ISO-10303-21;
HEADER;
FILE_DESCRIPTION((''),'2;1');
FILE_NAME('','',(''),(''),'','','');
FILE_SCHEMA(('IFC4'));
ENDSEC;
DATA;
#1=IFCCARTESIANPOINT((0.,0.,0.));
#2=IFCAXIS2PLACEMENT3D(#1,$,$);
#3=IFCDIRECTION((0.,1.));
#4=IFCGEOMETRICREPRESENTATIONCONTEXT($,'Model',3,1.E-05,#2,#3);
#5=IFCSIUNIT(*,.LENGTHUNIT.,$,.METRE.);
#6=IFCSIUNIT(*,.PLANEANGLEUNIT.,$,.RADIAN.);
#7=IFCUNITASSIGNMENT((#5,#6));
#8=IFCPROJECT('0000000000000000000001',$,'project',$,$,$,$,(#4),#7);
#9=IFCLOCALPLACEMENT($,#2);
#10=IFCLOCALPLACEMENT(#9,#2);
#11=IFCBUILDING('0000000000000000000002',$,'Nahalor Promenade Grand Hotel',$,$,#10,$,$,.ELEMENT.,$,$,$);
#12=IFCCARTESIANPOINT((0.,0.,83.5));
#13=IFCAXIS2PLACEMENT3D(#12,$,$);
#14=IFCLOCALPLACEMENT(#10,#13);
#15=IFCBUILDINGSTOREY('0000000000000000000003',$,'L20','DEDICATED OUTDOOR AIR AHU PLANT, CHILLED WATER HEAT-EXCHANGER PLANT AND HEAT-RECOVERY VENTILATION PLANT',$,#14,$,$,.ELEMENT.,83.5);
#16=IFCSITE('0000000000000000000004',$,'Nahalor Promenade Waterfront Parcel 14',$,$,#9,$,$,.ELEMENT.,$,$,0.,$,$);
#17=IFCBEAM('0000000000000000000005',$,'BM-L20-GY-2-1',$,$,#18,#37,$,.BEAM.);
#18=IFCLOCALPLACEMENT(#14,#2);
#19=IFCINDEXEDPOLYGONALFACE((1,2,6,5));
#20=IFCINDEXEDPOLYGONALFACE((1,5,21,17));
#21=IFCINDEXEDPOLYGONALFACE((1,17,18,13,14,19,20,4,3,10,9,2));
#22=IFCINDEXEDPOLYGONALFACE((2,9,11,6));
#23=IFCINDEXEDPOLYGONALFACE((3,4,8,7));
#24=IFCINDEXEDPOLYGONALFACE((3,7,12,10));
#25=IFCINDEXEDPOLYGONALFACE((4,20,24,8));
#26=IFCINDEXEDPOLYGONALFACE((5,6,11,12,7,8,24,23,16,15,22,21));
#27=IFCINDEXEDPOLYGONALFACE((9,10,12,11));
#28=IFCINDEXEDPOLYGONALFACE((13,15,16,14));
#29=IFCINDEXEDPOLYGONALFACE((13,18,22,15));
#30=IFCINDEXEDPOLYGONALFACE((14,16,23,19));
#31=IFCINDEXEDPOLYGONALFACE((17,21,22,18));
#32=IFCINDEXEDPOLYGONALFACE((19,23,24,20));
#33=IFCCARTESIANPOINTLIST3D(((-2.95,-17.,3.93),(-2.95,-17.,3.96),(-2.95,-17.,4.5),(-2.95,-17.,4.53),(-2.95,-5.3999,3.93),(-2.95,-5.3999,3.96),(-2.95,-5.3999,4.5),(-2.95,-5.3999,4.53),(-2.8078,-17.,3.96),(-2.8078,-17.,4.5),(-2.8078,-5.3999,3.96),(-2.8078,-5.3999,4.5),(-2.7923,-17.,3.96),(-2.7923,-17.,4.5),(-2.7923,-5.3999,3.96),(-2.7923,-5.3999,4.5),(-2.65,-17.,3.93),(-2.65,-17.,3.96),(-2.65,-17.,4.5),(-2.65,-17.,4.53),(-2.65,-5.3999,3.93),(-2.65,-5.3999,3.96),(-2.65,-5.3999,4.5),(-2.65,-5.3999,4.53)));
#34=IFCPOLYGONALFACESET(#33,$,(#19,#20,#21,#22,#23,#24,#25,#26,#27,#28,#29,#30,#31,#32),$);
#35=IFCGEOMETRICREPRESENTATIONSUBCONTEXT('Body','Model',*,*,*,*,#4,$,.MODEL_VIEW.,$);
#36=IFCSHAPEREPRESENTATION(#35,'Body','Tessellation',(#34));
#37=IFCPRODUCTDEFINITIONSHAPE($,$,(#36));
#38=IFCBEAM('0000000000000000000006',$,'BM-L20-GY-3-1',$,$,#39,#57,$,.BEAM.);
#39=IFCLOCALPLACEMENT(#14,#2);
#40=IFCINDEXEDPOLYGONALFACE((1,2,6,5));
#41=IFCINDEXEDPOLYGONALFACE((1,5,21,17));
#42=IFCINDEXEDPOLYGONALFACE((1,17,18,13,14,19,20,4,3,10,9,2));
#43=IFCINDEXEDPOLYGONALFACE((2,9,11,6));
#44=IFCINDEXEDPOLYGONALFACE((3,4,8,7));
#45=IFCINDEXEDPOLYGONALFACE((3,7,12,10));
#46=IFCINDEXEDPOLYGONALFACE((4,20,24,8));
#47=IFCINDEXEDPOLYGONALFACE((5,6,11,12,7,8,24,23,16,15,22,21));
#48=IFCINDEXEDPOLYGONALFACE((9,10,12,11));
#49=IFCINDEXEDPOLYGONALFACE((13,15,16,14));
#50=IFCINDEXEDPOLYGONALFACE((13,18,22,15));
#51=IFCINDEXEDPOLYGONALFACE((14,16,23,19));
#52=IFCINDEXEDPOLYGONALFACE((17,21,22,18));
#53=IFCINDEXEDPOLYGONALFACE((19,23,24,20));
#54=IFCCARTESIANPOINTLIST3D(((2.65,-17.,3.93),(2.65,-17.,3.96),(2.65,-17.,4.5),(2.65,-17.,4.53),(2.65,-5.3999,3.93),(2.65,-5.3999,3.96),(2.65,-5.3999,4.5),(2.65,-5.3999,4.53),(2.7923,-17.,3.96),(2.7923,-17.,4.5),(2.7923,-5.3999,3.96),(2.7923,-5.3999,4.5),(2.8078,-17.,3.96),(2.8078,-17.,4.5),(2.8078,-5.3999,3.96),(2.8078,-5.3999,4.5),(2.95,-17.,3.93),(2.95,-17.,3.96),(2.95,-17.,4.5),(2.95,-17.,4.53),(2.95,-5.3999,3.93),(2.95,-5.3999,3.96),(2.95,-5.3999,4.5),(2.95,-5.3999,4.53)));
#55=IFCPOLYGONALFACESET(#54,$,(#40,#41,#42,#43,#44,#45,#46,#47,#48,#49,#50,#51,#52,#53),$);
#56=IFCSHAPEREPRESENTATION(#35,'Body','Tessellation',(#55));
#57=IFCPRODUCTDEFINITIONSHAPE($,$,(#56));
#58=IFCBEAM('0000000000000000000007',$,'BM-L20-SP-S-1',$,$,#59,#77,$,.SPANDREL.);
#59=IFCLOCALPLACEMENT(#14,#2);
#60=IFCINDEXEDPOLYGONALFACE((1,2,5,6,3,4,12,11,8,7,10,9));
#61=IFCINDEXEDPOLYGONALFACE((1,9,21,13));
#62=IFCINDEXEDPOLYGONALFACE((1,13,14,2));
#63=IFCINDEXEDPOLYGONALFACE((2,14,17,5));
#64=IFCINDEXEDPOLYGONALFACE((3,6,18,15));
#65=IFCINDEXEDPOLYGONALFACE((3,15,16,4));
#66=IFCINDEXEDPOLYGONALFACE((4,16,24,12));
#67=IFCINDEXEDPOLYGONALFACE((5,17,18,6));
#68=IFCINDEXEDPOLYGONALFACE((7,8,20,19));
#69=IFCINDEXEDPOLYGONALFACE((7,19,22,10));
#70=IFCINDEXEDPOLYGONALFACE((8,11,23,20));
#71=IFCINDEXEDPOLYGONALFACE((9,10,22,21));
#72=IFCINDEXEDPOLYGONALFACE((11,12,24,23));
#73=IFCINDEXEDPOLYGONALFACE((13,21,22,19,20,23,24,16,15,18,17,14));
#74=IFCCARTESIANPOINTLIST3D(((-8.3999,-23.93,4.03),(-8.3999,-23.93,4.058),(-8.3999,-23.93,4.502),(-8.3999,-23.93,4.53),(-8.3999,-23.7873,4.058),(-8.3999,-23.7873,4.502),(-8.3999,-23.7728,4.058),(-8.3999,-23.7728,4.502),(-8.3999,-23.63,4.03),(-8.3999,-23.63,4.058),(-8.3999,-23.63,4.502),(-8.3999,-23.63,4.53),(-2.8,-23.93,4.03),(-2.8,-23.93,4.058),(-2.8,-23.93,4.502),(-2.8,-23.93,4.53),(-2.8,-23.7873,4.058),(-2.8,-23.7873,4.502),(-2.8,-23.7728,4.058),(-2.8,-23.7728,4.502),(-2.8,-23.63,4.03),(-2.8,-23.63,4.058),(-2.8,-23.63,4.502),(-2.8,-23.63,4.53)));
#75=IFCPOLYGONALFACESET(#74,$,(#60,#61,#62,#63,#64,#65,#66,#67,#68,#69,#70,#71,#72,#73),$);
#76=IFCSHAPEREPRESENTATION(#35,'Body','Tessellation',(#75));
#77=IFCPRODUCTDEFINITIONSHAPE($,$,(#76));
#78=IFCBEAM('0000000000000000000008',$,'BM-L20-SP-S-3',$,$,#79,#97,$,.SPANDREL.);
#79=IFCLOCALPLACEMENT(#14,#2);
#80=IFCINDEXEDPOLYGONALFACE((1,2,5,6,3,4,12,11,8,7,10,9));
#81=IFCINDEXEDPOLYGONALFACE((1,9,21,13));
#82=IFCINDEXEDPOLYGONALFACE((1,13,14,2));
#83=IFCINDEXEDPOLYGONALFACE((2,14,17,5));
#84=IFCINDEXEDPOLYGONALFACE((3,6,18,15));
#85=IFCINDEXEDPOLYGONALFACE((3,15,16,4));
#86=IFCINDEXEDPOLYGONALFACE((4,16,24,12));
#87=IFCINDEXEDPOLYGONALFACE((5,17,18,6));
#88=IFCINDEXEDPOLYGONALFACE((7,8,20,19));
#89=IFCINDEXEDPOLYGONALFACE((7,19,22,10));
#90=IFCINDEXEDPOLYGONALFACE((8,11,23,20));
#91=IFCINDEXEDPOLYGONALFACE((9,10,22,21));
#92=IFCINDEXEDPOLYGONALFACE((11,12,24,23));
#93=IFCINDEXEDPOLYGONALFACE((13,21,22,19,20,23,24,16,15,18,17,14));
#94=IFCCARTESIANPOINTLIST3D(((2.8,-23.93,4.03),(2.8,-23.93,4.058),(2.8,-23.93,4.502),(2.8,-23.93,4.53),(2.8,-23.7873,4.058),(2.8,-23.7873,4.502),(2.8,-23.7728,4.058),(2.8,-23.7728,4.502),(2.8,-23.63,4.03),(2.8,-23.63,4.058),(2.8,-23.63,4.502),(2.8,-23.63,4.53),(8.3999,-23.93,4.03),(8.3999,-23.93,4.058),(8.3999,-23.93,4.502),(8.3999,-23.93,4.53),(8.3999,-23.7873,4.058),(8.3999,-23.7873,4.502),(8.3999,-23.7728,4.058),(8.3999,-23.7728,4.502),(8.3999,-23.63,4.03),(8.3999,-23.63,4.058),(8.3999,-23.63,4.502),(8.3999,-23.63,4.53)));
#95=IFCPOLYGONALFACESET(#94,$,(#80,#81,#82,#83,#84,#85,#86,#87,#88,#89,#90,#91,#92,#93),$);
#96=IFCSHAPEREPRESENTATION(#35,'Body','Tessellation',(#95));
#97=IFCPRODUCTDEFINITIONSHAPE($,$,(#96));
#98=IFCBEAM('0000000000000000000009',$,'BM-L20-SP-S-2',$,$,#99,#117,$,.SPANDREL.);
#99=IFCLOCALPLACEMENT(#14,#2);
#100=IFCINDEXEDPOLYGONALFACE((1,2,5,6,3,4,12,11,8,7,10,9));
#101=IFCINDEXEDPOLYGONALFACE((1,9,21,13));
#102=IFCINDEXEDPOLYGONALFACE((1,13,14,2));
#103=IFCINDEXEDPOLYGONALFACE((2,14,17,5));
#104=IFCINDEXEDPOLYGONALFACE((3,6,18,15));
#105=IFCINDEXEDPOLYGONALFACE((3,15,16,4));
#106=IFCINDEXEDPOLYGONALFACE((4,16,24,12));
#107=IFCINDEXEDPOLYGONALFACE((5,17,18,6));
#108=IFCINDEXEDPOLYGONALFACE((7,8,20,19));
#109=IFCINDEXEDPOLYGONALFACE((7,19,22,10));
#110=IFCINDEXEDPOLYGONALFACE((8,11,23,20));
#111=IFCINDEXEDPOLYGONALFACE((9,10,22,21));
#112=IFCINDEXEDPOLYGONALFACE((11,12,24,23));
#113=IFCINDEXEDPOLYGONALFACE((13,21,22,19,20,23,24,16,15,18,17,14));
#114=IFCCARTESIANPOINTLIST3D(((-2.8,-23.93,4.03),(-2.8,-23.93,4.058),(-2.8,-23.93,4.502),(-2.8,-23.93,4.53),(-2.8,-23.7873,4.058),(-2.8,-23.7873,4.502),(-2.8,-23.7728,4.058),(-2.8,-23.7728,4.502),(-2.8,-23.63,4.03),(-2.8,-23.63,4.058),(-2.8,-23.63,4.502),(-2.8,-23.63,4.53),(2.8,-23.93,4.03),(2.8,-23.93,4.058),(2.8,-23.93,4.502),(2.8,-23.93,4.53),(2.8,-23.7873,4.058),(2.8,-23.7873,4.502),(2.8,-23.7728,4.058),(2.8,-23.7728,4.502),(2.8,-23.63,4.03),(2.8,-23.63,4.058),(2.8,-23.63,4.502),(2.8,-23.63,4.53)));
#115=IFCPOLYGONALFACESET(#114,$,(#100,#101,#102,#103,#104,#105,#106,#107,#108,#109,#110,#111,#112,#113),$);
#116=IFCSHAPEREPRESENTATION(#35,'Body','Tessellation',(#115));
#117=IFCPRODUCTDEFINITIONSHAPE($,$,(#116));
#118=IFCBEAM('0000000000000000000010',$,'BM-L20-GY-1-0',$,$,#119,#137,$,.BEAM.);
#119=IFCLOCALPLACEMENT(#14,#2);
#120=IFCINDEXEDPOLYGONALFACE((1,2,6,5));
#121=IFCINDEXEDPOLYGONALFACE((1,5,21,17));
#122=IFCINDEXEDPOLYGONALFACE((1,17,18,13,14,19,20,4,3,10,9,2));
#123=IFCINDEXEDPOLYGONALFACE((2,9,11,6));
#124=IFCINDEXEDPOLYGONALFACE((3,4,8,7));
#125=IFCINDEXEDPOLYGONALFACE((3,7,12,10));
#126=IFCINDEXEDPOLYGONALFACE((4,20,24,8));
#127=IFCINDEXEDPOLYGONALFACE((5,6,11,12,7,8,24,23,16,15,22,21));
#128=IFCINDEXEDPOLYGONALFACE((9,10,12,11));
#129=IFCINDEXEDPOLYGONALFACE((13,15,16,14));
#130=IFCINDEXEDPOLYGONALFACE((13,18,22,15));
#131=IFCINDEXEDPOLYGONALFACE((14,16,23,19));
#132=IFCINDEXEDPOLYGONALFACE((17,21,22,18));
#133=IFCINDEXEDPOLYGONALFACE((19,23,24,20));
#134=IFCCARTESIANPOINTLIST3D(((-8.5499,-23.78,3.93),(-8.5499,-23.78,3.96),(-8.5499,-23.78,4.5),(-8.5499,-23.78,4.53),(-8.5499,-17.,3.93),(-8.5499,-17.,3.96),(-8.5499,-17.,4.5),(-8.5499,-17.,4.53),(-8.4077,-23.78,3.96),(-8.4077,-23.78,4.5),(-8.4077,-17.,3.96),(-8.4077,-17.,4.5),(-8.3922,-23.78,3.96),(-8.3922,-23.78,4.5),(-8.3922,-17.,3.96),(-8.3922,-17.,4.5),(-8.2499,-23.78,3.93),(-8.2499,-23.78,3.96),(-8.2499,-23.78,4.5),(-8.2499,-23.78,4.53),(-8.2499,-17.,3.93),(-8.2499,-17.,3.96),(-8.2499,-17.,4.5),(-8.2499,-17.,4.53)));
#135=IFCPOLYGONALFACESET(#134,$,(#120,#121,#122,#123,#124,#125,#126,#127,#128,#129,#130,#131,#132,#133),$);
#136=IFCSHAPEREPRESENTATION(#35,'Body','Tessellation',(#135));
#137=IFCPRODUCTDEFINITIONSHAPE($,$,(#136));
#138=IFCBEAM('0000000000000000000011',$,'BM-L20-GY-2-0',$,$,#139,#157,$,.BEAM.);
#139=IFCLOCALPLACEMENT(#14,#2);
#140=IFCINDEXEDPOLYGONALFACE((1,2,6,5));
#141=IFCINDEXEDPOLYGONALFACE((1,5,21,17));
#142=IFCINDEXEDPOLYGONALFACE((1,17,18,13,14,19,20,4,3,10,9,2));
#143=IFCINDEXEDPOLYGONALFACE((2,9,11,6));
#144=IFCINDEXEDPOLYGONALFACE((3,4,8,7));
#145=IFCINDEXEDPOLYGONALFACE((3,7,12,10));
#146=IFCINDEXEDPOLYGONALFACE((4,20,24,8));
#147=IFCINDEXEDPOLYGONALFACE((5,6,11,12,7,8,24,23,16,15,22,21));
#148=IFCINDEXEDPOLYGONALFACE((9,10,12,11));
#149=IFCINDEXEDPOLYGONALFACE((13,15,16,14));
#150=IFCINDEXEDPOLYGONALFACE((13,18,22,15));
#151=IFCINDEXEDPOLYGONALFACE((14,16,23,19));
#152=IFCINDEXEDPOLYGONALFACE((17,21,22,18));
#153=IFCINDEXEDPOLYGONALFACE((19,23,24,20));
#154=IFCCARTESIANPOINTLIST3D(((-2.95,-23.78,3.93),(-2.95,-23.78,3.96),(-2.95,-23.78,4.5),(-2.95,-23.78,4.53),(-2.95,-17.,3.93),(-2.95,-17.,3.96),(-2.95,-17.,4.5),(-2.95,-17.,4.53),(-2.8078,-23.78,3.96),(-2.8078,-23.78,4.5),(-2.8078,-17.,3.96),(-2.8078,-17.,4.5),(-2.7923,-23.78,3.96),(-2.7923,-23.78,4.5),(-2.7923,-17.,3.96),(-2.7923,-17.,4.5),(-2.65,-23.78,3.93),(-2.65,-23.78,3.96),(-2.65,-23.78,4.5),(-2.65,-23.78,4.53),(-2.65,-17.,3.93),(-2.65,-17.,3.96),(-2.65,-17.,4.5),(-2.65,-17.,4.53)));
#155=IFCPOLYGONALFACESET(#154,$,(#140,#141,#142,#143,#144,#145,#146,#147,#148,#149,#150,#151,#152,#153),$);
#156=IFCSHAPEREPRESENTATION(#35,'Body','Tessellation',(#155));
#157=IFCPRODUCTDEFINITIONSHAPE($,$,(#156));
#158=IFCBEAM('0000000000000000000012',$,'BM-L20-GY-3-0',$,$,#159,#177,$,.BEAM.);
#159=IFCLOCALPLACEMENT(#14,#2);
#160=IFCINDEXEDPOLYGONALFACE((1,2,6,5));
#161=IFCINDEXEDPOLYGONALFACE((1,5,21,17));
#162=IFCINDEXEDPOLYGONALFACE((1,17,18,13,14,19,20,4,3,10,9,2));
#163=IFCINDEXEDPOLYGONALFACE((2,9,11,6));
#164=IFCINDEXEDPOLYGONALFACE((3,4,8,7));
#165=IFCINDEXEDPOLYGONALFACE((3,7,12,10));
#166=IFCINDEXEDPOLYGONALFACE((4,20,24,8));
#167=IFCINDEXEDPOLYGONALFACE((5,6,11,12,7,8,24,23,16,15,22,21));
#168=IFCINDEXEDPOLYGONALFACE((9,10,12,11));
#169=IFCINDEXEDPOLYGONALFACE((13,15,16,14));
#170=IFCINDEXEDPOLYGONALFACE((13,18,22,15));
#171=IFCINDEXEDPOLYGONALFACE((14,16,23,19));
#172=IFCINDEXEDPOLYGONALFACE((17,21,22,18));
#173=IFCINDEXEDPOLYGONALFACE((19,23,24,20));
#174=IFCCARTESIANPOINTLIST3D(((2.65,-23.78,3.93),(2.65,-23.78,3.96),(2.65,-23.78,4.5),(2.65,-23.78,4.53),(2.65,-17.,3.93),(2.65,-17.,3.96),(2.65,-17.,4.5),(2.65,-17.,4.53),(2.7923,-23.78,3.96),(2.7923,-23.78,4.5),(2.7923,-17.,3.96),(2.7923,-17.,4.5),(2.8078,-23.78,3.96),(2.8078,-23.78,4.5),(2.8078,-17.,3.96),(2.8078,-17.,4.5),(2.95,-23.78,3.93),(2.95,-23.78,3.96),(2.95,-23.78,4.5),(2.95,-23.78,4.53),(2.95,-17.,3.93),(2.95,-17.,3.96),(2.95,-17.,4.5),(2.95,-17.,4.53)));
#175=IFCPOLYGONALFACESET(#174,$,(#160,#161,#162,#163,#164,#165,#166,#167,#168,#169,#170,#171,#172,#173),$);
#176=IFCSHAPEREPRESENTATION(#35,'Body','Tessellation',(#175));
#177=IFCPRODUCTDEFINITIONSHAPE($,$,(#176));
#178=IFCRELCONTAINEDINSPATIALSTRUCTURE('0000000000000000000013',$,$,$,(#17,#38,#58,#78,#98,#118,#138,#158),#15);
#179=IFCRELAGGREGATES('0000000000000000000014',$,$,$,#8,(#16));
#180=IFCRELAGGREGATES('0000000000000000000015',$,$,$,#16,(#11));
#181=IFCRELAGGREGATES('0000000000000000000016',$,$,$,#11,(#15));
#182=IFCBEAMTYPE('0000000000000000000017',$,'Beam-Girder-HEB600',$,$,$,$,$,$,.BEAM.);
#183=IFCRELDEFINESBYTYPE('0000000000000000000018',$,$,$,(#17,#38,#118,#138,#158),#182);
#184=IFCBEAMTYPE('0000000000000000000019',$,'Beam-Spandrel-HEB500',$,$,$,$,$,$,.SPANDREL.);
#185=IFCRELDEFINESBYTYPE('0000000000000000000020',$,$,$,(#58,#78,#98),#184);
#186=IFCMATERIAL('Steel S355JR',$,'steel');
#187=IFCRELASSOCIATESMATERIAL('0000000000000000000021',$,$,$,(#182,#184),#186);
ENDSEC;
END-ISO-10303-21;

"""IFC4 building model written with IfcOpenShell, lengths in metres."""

from ifc_helpers import new_model, si_unit, direction, frame, origin, origin_2d, place, context, subcontext, project, spatial, i_section, extrude, source, transform, mapped, material, material_profile, profile_set, type_object, element, save


model = new_model("IFC4")

# Units and contexts
model_context = context("Model", 3, precision=1e-05, world=origin(), true_north=direction((0.0, 1.0)))
body_context = subcontext(model_context, "Body", "Model", "MODEL_VIEW")
ifc_project = project(units=[si_unit("LENGTHUNIT", "METRE"), si_unit("PLANEANGLEUNIT", "RADIAN")], contexts=[model_context])

# Site, building, storey
site_placement = place(None, origin())
site = spatial("IfcSite", under=ifc_project, at=site_placement, Name="Nahalor Promenade Waterfront Parcel 14", CompositionType="ELEMENT", RefElevation=0.0)
building_placement = place(site_placement, origin())
building = spatial("IfcBuilding", under=site, at=building_placement, Name="Nahalor Promenade Grand Hotel", CompositionType="ELEMENT")
storey_placement = place(building_placement, frame((0.0, 0.0, 83.5)))
storey = spatial("IfcBuildingStorey", under=building, at=storey_placement, Name="L20", Description="DEDICATED OUTDOOR AIR AHU PLANT, CHILLED WATER HEAT-EXCHANGER PLANT AND HEAT-RECOVERY VENTILATION PLANT", CompositionType="ELEMENT", Elevation=83.5)

# Beams
ifc_material_1 = material(Name="Steel S355JR", Category="steel")
ifc_material_profile_1 = material_profile(ifc_material_1, i_section(OverallWidth=0.3, OverallDepth=0.6, WebThickness=0.0155, FlangeThickness=0.03, at=origin_2d()), Name="HEB 600")
ifc_profile_set_1 = profile_set([ifc_material_profile_1], Name="Steel S355JR")
beam_type_1 = type_object("IfcBeamType", Name="Beam-Girder-HEB600", PredefinedType="BEAM", material=ifc_profile_set_1)
shared_shape_1 = source(origin(), body_context, "Body", "SweptSolid", [
    extrude(i_section(OverallWidth=0.3, OverallDepth=0.6, WebThickness=0.0155, FlangeThickness=0.03, at=origin_2d()), origin(), (0.0, 0.0, 1.0), 11.6001),
])
for number, where, z_axis, x_axis, name in (
    (1, (-2.8, -17.0, 4.23), (0.0, 1.0, 0.0), (-1.0, 0.0, 0.0), "BM-L20-GY-2-1"),
    (2, (2.8, -17.0, 4.23), (0.0, 1.0, 0.0), (-1.0, 0.0, 0.0), "BM-L20-GY-3-1"),
):
    element("IfcBeam", number, at=place(storey_placement, frame(where, z_axis=z_axis, x_axis=x_axis)), inside=storey, type_object=beam_type_1, Name=name, PredefinedType="BEAM", context=body_context, shape_type="MappedRepresentation", body=[
        mapped(shared_shape_1, transform((0.0, 0.0, 0.0), scale=1.0)),
    ])
ifc_material_profile_2 = material_profile(ifc_material_1, i_section(OverallWidth=0.3, OverallDepth=0.5, WebThickness=0.0145, FlangeThickness=0.028, at=origin_2d()), Name="HEB 500")
ifc_profile_set_2 = profile_set([ifc_material_profile_2], Name="Steel S355JR")
beam_type_2 = type_object("IfcBeamType", Name="Beam-Spandrel-HEB500", PredefinedType="SPANDREL", material=ifc_profile_set_2)
shared_shape_2 = source(origin(), body_context, "Body", "SweptSolid", [
    extrude(i_section(OverallWidth=0.3, OverallDepth=0.5, WebThickness=0.0145, FlangeThickness=0.028, at=origin_2d()), origin(), (0.0, 0.0, 1.0), 5.5999),
])
for number, where, z_axis, x_axis, name in (
    (3, (-8.3999, -23.78, 4.28), (1.0, 0.0, 0.0), (0.0, 1.0, 0.0), "BM-L20-SP-S-1"),
    (4, (2.8, -23.78, 4.28), (1.0, 0.0, 0.0), (0.0, 1.0, 0.0), "BM-L20-SP-S-3"),
):
    element("IfcBeam", number, at=place(storey_placement, frame(where, z_axis=z_axis, x_axis=x_axis)), inside=storey, type_object=beam_type_2, Name=name, PredefinedType="SPANDREL", context=body_context, shape_type="MappedRepresentation", body=[
        mapped(shared_shape_2, transform((0.0, 0.0, 0.0), scale=1.0)),
    ])
shared_shape_3 = source(origin(), body_context, "Body", "SweptSolid", [
    extrude(i_section(OverallWidth=0.3, OverallDepth=0.5, WebThickness=0.0145, FlangeThickness=0.028, at=origin_2d()), origin(), (0.0, 0.0, 1.0), 5.6001),
])
beam_1_placement = place(storey_placement, frame((-2.8, -23.78, 4.28), z_axis=(1.0, 0.0, 0.0), x_axis=(0.0, 1.0, 0.0)))
element("IfcBeam", 5, at=beam_1_placement, inside=storey, type_object=beam_type_2, Name="BM-L20-SP-S-2", PredefinedType="SPANDREL", context=body_context, shape_type="MappedRepresentation", body=[
    mapped(shared_shape_3, transform((0.0, 0.0, 0.0), scale=1.0)),
])
shared_shape_4 = source(origin(), body_context, "Body", "SweptSolid", [
    extrude(i_section(OverallWidth=0.3, OverallDepth=0.6, WebThickness=0.0155, FlangeThickness=0.03, at=origin_2d()), origin(), (0.0, 0.0, 1.0), 6.78),
])
for number, where, z_axis, x_axis, name in (
    (6, (-8.3999, -23.78, 4.23), (0.0, 1.0, 0.0), (-1.0, 0.0, 0.0), "BM-L20-GY-1-0"),
    (7, (-2.8, -23.78, 4.23), (0.0, 1.0, 0.0), (-1.0, 0.0, 0.0), "BM-L20-GY-2-0"),
    (8, (2.8, -23.78, 4.23), (0.0, 1.0, 0.0), (-1.0, 0.0, 0.0), "BM-L20-GY-3-0"),
):
    element("IfcBeam", number, at=place(storey_placement, frame(where, z_axis=z_axis, x_axis=x_axis)), inside=storey, type_object=beam_type_1, Name=name, PredefinedType="BEAM", context=body_context, shape_type="MappedRepresentation", body=[
        mapped(shared_shape_4, transform((0.0, 0.0, 0.0), scale=1.0)),
    ])

save(model, "model.ifc")
